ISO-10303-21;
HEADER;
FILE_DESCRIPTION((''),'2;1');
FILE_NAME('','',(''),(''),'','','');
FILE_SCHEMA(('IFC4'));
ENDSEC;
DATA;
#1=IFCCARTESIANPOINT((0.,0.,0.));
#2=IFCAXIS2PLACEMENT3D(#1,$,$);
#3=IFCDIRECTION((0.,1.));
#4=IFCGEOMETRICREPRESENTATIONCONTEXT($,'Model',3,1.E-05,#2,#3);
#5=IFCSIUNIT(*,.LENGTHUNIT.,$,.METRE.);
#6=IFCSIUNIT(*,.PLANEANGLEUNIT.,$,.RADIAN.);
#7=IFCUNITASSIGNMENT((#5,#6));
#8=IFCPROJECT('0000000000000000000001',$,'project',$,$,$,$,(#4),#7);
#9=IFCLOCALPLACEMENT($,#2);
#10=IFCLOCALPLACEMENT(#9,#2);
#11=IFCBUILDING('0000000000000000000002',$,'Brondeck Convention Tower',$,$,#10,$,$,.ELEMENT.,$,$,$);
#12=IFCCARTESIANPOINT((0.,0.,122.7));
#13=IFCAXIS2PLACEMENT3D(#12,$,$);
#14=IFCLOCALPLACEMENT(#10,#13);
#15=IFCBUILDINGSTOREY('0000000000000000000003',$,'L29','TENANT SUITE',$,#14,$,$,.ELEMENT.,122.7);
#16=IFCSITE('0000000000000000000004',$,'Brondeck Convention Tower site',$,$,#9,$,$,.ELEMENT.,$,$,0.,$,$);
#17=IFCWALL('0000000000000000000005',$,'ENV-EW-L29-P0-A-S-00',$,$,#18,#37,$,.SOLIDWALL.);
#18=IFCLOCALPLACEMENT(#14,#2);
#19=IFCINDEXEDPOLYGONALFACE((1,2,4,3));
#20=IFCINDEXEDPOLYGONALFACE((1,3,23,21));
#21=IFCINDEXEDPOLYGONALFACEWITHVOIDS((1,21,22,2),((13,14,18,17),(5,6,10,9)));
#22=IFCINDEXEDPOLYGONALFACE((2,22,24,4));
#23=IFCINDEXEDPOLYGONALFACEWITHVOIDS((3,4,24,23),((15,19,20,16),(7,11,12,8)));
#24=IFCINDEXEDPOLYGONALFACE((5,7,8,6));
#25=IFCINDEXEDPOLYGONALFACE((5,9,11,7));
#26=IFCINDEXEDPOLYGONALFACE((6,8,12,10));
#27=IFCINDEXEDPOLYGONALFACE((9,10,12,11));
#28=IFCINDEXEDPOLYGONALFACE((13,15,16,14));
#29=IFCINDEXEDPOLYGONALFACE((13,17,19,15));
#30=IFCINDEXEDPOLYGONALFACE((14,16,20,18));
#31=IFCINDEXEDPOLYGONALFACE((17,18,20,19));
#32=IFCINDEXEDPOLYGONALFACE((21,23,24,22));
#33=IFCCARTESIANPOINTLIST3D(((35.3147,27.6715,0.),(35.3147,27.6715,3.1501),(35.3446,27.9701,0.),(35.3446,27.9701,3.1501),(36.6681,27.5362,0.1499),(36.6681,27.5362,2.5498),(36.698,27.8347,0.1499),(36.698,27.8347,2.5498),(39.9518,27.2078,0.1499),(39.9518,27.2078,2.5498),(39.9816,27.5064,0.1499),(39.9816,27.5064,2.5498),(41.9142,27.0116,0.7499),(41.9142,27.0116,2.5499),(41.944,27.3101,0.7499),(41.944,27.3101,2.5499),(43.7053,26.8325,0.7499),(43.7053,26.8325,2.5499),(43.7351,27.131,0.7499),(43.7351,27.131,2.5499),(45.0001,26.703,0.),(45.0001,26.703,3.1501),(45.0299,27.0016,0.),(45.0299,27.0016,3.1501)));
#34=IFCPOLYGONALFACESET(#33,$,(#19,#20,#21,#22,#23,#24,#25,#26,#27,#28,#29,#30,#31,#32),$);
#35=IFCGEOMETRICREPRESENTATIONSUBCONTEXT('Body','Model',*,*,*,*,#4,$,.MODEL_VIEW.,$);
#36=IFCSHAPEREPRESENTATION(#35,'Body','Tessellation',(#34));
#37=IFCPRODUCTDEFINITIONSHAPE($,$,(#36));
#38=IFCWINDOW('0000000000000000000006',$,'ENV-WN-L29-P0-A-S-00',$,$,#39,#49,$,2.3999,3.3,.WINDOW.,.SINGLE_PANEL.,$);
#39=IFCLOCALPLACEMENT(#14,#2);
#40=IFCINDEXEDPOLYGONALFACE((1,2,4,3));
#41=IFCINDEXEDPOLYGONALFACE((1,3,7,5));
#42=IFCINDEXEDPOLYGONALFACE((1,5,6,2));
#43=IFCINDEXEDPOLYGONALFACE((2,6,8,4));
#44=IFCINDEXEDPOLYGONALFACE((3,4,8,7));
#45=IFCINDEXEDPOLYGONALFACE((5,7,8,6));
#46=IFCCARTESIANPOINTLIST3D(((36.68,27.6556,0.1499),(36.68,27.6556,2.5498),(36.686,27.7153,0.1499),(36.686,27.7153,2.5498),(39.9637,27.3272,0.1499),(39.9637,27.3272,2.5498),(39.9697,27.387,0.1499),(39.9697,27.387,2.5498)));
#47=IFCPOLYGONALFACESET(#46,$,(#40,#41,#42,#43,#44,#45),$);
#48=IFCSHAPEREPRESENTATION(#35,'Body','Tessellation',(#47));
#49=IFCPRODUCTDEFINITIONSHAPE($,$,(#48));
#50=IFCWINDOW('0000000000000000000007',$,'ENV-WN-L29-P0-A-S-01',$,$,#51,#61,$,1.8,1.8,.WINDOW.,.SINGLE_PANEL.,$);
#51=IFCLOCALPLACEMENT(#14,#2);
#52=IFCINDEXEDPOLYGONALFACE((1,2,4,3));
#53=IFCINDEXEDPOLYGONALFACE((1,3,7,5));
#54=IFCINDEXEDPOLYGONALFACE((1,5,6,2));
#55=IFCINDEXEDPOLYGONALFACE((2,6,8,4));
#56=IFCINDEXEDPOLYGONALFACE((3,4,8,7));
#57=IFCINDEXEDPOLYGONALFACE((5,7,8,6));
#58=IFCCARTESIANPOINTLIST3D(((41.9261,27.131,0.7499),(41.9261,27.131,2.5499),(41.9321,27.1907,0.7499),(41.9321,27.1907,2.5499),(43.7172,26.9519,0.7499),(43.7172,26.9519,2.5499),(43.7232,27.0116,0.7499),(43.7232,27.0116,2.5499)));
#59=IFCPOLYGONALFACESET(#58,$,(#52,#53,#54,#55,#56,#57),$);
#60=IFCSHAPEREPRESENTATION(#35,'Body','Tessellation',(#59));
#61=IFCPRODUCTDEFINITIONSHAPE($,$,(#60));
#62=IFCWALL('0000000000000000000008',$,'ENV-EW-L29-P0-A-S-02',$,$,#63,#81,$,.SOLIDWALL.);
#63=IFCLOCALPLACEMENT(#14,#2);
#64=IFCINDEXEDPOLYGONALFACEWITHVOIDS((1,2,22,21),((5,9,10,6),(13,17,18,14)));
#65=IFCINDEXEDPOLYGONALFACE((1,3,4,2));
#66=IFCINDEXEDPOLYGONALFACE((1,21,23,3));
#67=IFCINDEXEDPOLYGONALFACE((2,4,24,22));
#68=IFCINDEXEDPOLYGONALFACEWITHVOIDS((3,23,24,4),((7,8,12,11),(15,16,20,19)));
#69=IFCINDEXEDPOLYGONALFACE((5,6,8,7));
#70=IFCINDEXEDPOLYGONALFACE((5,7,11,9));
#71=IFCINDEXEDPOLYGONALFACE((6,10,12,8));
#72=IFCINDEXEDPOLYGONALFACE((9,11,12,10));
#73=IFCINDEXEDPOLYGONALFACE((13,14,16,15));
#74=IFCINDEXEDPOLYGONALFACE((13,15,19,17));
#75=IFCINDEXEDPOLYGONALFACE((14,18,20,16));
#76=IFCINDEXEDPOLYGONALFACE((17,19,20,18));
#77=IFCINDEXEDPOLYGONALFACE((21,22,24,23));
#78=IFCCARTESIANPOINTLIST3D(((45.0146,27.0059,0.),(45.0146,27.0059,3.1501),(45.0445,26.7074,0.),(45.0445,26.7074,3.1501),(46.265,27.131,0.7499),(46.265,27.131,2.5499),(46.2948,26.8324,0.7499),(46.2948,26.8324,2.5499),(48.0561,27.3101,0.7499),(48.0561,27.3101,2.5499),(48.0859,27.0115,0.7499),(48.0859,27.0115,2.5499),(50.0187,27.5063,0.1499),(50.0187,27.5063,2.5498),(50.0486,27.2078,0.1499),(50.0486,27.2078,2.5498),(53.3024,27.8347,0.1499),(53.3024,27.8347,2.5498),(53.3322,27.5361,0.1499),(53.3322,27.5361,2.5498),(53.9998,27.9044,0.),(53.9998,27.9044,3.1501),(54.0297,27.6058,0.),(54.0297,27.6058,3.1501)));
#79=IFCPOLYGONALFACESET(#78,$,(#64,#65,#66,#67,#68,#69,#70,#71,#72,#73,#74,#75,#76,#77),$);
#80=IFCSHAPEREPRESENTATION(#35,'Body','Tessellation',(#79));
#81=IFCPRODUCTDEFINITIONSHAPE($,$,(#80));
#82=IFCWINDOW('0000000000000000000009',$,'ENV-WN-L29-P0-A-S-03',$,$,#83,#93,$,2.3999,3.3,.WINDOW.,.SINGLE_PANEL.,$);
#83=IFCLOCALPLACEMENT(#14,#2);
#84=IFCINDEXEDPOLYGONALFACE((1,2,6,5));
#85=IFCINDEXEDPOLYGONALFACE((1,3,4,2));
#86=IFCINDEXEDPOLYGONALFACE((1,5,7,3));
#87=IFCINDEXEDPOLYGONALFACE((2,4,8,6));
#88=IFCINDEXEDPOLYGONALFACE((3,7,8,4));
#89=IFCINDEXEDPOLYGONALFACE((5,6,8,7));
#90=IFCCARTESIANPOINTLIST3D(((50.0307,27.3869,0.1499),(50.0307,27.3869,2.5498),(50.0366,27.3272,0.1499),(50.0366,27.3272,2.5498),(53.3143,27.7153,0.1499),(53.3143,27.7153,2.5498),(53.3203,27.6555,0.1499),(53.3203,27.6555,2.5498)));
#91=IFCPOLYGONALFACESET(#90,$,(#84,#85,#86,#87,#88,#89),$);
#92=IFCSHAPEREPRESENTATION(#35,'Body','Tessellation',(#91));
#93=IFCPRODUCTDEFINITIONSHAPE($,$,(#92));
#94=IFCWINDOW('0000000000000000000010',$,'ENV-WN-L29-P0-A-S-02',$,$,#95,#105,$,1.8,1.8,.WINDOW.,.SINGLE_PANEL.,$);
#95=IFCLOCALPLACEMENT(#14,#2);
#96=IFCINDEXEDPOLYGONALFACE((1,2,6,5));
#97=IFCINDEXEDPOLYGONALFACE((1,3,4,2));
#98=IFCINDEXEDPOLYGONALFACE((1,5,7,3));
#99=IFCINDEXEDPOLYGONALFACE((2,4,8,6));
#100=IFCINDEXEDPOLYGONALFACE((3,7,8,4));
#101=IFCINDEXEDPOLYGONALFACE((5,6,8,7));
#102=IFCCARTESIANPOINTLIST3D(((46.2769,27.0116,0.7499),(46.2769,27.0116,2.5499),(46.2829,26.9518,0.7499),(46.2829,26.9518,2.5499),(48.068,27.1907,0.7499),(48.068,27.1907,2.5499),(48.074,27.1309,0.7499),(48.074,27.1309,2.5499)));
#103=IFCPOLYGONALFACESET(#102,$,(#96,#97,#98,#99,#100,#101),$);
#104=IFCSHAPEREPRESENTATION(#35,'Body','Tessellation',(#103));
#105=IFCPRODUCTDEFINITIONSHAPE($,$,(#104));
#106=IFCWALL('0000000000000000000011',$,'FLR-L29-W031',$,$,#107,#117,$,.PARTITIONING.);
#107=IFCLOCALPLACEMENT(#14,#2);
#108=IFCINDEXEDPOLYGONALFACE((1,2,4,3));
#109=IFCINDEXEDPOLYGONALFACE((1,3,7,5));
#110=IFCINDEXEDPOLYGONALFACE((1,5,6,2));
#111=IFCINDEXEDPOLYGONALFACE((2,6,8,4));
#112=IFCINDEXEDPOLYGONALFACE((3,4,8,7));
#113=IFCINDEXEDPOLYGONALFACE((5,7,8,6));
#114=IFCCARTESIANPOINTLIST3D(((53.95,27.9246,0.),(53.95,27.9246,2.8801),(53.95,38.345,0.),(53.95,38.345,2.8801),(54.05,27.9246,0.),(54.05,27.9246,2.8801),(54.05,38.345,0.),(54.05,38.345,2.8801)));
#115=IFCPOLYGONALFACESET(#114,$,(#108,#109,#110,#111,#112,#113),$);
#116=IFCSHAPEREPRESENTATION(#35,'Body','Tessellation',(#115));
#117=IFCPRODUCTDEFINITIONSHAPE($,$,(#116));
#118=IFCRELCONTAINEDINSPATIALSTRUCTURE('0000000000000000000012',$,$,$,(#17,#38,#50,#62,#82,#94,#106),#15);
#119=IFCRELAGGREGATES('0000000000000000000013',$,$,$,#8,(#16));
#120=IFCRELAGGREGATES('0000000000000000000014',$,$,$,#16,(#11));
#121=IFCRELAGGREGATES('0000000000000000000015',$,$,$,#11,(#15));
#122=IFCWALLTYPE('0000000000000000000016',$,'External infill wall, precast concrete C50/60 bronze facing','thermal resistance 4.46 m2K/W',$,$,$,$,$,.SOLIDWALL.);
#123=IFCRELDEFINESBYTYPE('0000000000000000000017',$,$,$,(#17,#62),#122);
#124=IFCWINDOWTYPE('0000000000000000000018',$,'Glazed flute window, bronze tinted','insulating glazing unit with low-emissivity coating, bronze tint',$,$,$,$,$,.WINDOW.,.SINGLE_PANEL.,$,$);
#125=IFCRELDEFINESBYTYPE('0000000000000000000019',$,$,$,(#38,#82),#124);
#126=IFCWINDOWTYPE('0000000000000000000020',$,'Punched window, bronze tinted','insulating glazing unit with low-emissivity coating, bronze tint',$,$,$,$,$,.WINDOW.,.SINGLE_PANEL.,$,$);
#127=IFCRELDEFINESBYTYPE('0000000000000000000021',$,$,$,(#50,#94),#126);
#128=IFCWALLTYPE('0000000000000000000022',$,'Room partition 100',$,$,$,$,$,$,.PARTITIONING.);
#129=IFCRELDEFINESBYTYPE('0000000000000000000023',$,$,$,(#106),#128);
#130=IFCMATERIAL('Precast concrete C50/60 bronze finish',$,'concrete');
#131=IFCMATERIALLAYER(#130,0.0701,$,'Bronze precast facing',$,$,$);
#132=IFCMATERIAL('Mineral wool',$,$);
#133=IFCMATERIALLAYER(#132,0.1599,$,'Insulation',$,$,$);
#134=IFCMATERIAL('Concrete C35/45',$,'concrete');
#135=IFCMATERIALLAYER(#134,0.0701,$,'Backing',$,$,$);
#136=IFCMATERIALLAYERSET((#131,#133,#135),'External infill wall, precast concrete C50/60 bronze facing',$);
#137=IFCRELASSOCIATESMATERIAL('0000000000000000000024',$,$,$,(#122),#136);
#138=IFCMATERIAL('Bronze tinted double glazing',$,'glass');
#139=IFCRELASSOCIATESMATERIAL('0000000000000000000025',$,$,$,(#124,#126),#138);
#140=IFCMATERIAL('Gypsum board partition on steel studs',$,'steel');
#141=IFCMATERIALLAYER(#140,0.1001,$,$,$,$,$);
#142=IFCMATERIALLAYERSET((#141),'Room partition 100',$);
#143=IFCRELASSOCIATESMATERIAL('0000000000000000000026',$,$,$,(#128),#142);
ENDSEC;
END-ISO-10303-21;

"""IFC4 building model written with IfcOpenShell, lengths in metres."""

from ifc_helpers import new_model, si_unit, direction, frame, frame_2d, origin, place, context, subcontext, project, spatial, rectangle, extrude, material, layer, layer_set, type_object, element, fill, save


model = new_model("IFC4")

# Units and contexts
model_context = context("Model", 3, precision=1e-05, world=origin(), true_north=direction((0.0, 1.0)))
body_context = subcontext(model_context, "Body", "Model", "MODEL_VIEW")
ifc_project = project(units=[si_unit("LENGTHUNIT", "METRE"), si_unit("PLANEANGLEUNIT", "RADIAN")], contexts=[model_context])

# Site, building, storey
site_placement = place(None, origin())
site = spatial("IfcSite", under=ifc_project, at=site_placement, Name="Brondeck Convention Tower site", CompositionType="ELEMENT", RefElevation=0.0)
building_placement = place(site_placement, origin())
building = spatial("IfcBuilding", under=site, at=building_placement, Name="Brondeck Convention Tower", CompositionType="ELEMENT")
storey_placement = place(building_placement, frame((0.0, 0.0, 122.7)))
storey = spatial("IfcBuildingStorey", under=building, at=storey_placement, Name="L29", Description="TENANT SUITE", CompositionType="ELEMENT", Elevation=122.7)

# Walls, openings, windows
ifc_material_1 = material(Name="Precast concrete C50/60 bronze finish", Category="concrete")
ifc_layer_1 = layer(ifc_material_1, 0.0701, Name="Bronze precast facing")
ifc_material_2 = material(Name="Mineral wool")
ifc_layer_2 = layer(ifc_material_2, 0.1599, Name="Insulation")
ifc_material_3 = material(Name="Concrete C35/45", Category="concrete")
ifc_layer_3 = layer(ifc_material_3, 0.0701, Name="Backing")
ifc_layer_set_1 = layer_set([ifc_layer_1, ifc_layer_2, ifc_layer_3], Name="External infill wall, precast concrete C50/60 bronze facing")
wall_type_1 = type_object("IfcWallType", Name="External infill wall, precast concrete C50/60 bronze facing", Description="thermal resistance 4.46 m2K/W", PredefinedType="SOLIDWALL", material=ifc_layer_set_1)
wall_1_placement = place(storey_placement, frame((45.0149, 26.8523, 0.0), z_axis=(0.0, 0.0, 1.0), x_axis=(-0.995037, 0.099501, 0.0)))
wall_1 = element("IfcWall", 1, at=wall_1_placement, inside=storey, type_object=wall_type_1, Name="ENV-EW-L29-P0-A-S-00", PredefinedType="SOLIDWALL", context=body_context, shape_type="SweptSolid", body=[
    extrude(rectangle(XDim=9.7336, YDim=0.3, at=frame_2d((4.8667, 0.0))), origin(), (0.0, 0.0, 1.0), 3.1501),
])
opening_1_placement = place(wall_1_placement, frame((1.3013, 0.0, 0.75)))
opening_1 = element("IfcOpeningElement", 2, at=opening_1_placement, cuts=wall_1, PredefinedType="OPENING", context=body_context, shape_type="SweptSolid", body=[
    extrude(rectangle(XDim=1.8, YDim=1.8, at=frame_2d((0.8999, 0.8999))), frame((0.0, 0.1599, 0.0), z_axis=(0.0, -1.0, 0.0), x_axis=(1.0, 0.0, 0.0)), (0.0, 0.0, 1.0), 0.3201),
])
opening_2_placement = place(wall_1_placement, frame((5.0735, 0.0, 0.1499)))
opening_2 = element("IfcOpeningElement", 3, at=opening_2_placement, cuts=wall_1, PredefinedType="OPENING", context=body_context, shape_type="SweptSolid", body=[
    extrude(rectangle(XDim=3.3, YDim=2.3999, at=frame_2d((1.6499, 1.2))), frame((0.0, 0.1599, 0.0), z_axis=(0.0, -1.0, 0.0), x_axis=(1.0, 0.0, 0.0)), (0.0, 0.0, 1.0), 0.3201),
])
ifc_material_4 = material(Name="Bronze tinted double glazing", Category="glass")
window_type_1 = type_object("IfcWindowType", Name="Glazed flute window, bronze tinted", Description="insulating glazing unit with low-emissivity coating, bronze tint", PartitioningType="SINGLE_PANEL", PredefinedType="WINDOW", material=ifc_material_4)
window_1_placement = place(opening_2_placement, origin())
window_1 = element("IfcWindow", 4, at=window_1_placement, inside=storey, type_object=window_type_1, Name="ENV-WN-L29-P0-A-S-00", OverallHeight=2.3999, OverallWidth=3.3, PartitioningType="SINGLE_PANEL", PredefinedType="WINDOW", context=body_context, shape_type="SweptSolid", body=[
    extrude(rectangle(XDim=3.3, YDim=2.3999, at=frame_2d((1.6499, 1.2))), frame((0.0, 0.03, 0.0), z_axis=(0.0, -1.0, 0.0), x_axis=(1.0, 0.0, 0.0)), (0.0, 0.0, 1.0), 0.0601),
])
fill(opening_2, window_1)
window_type_2 = type_object("IfcWindowType", Name="Punched window, bronze tinted", Description="insulating glazing unit with low-emissivity coating, bronze tint", PartitioningType="SINGLE_PANEL", PredefinedType="WINDOW", material=ifc_material_4)
window_2_placement = place(opening_1_placement, origin())
window_2 = element("IfcWindow", 5, at=window_2_placement, inside=storey, type_object=window_type_2, Name="ENV-WN-L29-P0-A-S-01", OverallHeight=1.8, OverallWidth=1.8, PartitioningType="SINGLE_PANEL", PredefinedType="WINDOW", context=body_context, shape_type="SweptSolid", body=[
    extrude(rectangle(XDim=1.8, YDim=1.8, at=frame_2d((0.8999, 0.8999))), frame((0.0, 0.03, 0.0), z_axis=(0.0, -1.0, 0.0), x_axis=(1.0, 0.0, 0.0)), (0.0, 0.0, 1.0), 0.0601),
])
fill(opening_1, window_2)
wall_2_placement = place(storey_placement, frame((54.0149, 27.7551, 0.0), z_axis=(0.0, 0.0, 1.0), x_axis=(-0.995038, -0.099496, 0.0)))
wall_2 = element("IfcWall", 6, at=wall_2_placement, inside=storey, type_object=wall_type_1, Name="ENV-EW-L29-P0-A-S-02", PredefinedType="SOLIDWALL", context=body_context, shape_type="SweptSolid", body=[
    extrude(rectangle(XDim=9.03, YDim=0.3, at=frame_2d((4.5151, 0.0))), origin(), (0.0, 0.0, 1.0), 3.1501),
])
opening_3_placement = place(wall_2_placement, frame((0.7012, 0.0, 0.1499)))
opening_3 = element("IfcOpeningElement", 7, at=opening_3_placement, cuts=wall_2, PredefinedType="OPENING", context=body_context, shape_type="SweptSolid", body=[
    extrude(rectangle(XDim=3.3, YDim=2.3999, at=frame_2d((1.6499, 1.2))), frame((0.0, 0.1599, 0.0), z_axis=(0.0, -1.0, 0.0), x_axis=(1.0, 0.0, 0.0)), (0.0, 0.0, 1.0), 0.3201),
])
opening_4_placement = place(wall_2_placement, frame((5.9736, 0.0, 0.75)))
opening_4 = element("IfcOpeningElement", 8, at=opening_4_placement, cuts=wall_2, PredefinedType="OPENING", context=body_context, shape_type="SweptSolid", body=[
    extrude(rectangle(XDim=1.8, YDim=1.8, at=frame_2d((0.8999, 0.8999))), frame((0.0, 0.1599, 0.0), z_axis=(0.0, -1.0, 0.0), x_axis=(1.0, 0.0, 0.0)), (0.0, 0.0, 1.0), 0.3201),
])
window_3_placement = place(opening_3_placement, origin())
window_3 = element("IfcWindow", 9, at=window_3_placement, inside=storey, type_object=window_type_1, Name="ENV-WN-L29-P0-A-S-03", OverallHeight=2.3999, OverallWidth=3.3, PartitioningType="SINGLE_PANEL", PredefinedType="WINDOW", context=body_context, shape_type="SweptSolid", body=[
    extrude(rectangle(XDim=3.3, YDim=2.3999, at=frame_2d((1.6499, 1.2))), frame((0.0, 0.03, 0.0), z_axis=(0.0, -1.0, 0.0), x_axis=(1.0, 0.0, 0.0)), (0.0, 0.0, 1.0), 0.0601),
])
fill(opening_3, window_3)
window_4_placement = place(opening_4_placement, origin())
window_4 = element("IfcWindow", 10, at=window_4_placement, inside=storey, type_object=window_type_2, Name="ENV-WN-L29-P0-A-S-02", OverallHeight=1.8, OverallWidth=1.8, PartitioningType="SINGLE_PANEL", PredefinedType="WINDOW", context=body_context, shape_type="SweptSolid", body=[
    extrude(rectangle(XDim=1.8, YDim=1.8, at=frame_2d((0.8999, 0.8999))), frame((0.0, 0.03, 0.0), z_axis=(0.0, -1.0, 0.0), x_axis=(1.0, 0.0, 0.0)), (0.0, 0.0, 1.0), 0.0601),
])
fill(opening_4, window_4)

# Wall
ifc_material_5 = material(Name="Gypsum board partition on steel studs", Category="steel")
ifc_layer_4 = layer(ifc_material_5, 0.1001)
ifc_layer_set_2 = layer_set([ifc_layer_4], Name="Room partition 100")
wall_type_2 = type_object("IfcWallType", Name="Room partition 100", PredefinedType="PARTITIONING", material=ifc_layer_set_2)
wall_3_placement = place(storey_placement, frame((54.0, 38.345, 0.0), z_axis=(0.0, 0.0, 1.0), x_axis=(0.0, -1.0, 0.0)))
element("IfcWall", 11, at=wall_3_placement, inside=storey, type_object=wall_type_2, Name="FLR-L29-W031", PredefinedType="PARTITIONING", context=body_context, shape_type="SweptSolid", body=[
    extrude(rectangle(XDim=10.4204, YDim=0.1001, at=frame_2d((5.2102, 0.0))), origin(), (0.0, 0.0, 1.0), 2.8801),
])

save(model, "model.ifc")
